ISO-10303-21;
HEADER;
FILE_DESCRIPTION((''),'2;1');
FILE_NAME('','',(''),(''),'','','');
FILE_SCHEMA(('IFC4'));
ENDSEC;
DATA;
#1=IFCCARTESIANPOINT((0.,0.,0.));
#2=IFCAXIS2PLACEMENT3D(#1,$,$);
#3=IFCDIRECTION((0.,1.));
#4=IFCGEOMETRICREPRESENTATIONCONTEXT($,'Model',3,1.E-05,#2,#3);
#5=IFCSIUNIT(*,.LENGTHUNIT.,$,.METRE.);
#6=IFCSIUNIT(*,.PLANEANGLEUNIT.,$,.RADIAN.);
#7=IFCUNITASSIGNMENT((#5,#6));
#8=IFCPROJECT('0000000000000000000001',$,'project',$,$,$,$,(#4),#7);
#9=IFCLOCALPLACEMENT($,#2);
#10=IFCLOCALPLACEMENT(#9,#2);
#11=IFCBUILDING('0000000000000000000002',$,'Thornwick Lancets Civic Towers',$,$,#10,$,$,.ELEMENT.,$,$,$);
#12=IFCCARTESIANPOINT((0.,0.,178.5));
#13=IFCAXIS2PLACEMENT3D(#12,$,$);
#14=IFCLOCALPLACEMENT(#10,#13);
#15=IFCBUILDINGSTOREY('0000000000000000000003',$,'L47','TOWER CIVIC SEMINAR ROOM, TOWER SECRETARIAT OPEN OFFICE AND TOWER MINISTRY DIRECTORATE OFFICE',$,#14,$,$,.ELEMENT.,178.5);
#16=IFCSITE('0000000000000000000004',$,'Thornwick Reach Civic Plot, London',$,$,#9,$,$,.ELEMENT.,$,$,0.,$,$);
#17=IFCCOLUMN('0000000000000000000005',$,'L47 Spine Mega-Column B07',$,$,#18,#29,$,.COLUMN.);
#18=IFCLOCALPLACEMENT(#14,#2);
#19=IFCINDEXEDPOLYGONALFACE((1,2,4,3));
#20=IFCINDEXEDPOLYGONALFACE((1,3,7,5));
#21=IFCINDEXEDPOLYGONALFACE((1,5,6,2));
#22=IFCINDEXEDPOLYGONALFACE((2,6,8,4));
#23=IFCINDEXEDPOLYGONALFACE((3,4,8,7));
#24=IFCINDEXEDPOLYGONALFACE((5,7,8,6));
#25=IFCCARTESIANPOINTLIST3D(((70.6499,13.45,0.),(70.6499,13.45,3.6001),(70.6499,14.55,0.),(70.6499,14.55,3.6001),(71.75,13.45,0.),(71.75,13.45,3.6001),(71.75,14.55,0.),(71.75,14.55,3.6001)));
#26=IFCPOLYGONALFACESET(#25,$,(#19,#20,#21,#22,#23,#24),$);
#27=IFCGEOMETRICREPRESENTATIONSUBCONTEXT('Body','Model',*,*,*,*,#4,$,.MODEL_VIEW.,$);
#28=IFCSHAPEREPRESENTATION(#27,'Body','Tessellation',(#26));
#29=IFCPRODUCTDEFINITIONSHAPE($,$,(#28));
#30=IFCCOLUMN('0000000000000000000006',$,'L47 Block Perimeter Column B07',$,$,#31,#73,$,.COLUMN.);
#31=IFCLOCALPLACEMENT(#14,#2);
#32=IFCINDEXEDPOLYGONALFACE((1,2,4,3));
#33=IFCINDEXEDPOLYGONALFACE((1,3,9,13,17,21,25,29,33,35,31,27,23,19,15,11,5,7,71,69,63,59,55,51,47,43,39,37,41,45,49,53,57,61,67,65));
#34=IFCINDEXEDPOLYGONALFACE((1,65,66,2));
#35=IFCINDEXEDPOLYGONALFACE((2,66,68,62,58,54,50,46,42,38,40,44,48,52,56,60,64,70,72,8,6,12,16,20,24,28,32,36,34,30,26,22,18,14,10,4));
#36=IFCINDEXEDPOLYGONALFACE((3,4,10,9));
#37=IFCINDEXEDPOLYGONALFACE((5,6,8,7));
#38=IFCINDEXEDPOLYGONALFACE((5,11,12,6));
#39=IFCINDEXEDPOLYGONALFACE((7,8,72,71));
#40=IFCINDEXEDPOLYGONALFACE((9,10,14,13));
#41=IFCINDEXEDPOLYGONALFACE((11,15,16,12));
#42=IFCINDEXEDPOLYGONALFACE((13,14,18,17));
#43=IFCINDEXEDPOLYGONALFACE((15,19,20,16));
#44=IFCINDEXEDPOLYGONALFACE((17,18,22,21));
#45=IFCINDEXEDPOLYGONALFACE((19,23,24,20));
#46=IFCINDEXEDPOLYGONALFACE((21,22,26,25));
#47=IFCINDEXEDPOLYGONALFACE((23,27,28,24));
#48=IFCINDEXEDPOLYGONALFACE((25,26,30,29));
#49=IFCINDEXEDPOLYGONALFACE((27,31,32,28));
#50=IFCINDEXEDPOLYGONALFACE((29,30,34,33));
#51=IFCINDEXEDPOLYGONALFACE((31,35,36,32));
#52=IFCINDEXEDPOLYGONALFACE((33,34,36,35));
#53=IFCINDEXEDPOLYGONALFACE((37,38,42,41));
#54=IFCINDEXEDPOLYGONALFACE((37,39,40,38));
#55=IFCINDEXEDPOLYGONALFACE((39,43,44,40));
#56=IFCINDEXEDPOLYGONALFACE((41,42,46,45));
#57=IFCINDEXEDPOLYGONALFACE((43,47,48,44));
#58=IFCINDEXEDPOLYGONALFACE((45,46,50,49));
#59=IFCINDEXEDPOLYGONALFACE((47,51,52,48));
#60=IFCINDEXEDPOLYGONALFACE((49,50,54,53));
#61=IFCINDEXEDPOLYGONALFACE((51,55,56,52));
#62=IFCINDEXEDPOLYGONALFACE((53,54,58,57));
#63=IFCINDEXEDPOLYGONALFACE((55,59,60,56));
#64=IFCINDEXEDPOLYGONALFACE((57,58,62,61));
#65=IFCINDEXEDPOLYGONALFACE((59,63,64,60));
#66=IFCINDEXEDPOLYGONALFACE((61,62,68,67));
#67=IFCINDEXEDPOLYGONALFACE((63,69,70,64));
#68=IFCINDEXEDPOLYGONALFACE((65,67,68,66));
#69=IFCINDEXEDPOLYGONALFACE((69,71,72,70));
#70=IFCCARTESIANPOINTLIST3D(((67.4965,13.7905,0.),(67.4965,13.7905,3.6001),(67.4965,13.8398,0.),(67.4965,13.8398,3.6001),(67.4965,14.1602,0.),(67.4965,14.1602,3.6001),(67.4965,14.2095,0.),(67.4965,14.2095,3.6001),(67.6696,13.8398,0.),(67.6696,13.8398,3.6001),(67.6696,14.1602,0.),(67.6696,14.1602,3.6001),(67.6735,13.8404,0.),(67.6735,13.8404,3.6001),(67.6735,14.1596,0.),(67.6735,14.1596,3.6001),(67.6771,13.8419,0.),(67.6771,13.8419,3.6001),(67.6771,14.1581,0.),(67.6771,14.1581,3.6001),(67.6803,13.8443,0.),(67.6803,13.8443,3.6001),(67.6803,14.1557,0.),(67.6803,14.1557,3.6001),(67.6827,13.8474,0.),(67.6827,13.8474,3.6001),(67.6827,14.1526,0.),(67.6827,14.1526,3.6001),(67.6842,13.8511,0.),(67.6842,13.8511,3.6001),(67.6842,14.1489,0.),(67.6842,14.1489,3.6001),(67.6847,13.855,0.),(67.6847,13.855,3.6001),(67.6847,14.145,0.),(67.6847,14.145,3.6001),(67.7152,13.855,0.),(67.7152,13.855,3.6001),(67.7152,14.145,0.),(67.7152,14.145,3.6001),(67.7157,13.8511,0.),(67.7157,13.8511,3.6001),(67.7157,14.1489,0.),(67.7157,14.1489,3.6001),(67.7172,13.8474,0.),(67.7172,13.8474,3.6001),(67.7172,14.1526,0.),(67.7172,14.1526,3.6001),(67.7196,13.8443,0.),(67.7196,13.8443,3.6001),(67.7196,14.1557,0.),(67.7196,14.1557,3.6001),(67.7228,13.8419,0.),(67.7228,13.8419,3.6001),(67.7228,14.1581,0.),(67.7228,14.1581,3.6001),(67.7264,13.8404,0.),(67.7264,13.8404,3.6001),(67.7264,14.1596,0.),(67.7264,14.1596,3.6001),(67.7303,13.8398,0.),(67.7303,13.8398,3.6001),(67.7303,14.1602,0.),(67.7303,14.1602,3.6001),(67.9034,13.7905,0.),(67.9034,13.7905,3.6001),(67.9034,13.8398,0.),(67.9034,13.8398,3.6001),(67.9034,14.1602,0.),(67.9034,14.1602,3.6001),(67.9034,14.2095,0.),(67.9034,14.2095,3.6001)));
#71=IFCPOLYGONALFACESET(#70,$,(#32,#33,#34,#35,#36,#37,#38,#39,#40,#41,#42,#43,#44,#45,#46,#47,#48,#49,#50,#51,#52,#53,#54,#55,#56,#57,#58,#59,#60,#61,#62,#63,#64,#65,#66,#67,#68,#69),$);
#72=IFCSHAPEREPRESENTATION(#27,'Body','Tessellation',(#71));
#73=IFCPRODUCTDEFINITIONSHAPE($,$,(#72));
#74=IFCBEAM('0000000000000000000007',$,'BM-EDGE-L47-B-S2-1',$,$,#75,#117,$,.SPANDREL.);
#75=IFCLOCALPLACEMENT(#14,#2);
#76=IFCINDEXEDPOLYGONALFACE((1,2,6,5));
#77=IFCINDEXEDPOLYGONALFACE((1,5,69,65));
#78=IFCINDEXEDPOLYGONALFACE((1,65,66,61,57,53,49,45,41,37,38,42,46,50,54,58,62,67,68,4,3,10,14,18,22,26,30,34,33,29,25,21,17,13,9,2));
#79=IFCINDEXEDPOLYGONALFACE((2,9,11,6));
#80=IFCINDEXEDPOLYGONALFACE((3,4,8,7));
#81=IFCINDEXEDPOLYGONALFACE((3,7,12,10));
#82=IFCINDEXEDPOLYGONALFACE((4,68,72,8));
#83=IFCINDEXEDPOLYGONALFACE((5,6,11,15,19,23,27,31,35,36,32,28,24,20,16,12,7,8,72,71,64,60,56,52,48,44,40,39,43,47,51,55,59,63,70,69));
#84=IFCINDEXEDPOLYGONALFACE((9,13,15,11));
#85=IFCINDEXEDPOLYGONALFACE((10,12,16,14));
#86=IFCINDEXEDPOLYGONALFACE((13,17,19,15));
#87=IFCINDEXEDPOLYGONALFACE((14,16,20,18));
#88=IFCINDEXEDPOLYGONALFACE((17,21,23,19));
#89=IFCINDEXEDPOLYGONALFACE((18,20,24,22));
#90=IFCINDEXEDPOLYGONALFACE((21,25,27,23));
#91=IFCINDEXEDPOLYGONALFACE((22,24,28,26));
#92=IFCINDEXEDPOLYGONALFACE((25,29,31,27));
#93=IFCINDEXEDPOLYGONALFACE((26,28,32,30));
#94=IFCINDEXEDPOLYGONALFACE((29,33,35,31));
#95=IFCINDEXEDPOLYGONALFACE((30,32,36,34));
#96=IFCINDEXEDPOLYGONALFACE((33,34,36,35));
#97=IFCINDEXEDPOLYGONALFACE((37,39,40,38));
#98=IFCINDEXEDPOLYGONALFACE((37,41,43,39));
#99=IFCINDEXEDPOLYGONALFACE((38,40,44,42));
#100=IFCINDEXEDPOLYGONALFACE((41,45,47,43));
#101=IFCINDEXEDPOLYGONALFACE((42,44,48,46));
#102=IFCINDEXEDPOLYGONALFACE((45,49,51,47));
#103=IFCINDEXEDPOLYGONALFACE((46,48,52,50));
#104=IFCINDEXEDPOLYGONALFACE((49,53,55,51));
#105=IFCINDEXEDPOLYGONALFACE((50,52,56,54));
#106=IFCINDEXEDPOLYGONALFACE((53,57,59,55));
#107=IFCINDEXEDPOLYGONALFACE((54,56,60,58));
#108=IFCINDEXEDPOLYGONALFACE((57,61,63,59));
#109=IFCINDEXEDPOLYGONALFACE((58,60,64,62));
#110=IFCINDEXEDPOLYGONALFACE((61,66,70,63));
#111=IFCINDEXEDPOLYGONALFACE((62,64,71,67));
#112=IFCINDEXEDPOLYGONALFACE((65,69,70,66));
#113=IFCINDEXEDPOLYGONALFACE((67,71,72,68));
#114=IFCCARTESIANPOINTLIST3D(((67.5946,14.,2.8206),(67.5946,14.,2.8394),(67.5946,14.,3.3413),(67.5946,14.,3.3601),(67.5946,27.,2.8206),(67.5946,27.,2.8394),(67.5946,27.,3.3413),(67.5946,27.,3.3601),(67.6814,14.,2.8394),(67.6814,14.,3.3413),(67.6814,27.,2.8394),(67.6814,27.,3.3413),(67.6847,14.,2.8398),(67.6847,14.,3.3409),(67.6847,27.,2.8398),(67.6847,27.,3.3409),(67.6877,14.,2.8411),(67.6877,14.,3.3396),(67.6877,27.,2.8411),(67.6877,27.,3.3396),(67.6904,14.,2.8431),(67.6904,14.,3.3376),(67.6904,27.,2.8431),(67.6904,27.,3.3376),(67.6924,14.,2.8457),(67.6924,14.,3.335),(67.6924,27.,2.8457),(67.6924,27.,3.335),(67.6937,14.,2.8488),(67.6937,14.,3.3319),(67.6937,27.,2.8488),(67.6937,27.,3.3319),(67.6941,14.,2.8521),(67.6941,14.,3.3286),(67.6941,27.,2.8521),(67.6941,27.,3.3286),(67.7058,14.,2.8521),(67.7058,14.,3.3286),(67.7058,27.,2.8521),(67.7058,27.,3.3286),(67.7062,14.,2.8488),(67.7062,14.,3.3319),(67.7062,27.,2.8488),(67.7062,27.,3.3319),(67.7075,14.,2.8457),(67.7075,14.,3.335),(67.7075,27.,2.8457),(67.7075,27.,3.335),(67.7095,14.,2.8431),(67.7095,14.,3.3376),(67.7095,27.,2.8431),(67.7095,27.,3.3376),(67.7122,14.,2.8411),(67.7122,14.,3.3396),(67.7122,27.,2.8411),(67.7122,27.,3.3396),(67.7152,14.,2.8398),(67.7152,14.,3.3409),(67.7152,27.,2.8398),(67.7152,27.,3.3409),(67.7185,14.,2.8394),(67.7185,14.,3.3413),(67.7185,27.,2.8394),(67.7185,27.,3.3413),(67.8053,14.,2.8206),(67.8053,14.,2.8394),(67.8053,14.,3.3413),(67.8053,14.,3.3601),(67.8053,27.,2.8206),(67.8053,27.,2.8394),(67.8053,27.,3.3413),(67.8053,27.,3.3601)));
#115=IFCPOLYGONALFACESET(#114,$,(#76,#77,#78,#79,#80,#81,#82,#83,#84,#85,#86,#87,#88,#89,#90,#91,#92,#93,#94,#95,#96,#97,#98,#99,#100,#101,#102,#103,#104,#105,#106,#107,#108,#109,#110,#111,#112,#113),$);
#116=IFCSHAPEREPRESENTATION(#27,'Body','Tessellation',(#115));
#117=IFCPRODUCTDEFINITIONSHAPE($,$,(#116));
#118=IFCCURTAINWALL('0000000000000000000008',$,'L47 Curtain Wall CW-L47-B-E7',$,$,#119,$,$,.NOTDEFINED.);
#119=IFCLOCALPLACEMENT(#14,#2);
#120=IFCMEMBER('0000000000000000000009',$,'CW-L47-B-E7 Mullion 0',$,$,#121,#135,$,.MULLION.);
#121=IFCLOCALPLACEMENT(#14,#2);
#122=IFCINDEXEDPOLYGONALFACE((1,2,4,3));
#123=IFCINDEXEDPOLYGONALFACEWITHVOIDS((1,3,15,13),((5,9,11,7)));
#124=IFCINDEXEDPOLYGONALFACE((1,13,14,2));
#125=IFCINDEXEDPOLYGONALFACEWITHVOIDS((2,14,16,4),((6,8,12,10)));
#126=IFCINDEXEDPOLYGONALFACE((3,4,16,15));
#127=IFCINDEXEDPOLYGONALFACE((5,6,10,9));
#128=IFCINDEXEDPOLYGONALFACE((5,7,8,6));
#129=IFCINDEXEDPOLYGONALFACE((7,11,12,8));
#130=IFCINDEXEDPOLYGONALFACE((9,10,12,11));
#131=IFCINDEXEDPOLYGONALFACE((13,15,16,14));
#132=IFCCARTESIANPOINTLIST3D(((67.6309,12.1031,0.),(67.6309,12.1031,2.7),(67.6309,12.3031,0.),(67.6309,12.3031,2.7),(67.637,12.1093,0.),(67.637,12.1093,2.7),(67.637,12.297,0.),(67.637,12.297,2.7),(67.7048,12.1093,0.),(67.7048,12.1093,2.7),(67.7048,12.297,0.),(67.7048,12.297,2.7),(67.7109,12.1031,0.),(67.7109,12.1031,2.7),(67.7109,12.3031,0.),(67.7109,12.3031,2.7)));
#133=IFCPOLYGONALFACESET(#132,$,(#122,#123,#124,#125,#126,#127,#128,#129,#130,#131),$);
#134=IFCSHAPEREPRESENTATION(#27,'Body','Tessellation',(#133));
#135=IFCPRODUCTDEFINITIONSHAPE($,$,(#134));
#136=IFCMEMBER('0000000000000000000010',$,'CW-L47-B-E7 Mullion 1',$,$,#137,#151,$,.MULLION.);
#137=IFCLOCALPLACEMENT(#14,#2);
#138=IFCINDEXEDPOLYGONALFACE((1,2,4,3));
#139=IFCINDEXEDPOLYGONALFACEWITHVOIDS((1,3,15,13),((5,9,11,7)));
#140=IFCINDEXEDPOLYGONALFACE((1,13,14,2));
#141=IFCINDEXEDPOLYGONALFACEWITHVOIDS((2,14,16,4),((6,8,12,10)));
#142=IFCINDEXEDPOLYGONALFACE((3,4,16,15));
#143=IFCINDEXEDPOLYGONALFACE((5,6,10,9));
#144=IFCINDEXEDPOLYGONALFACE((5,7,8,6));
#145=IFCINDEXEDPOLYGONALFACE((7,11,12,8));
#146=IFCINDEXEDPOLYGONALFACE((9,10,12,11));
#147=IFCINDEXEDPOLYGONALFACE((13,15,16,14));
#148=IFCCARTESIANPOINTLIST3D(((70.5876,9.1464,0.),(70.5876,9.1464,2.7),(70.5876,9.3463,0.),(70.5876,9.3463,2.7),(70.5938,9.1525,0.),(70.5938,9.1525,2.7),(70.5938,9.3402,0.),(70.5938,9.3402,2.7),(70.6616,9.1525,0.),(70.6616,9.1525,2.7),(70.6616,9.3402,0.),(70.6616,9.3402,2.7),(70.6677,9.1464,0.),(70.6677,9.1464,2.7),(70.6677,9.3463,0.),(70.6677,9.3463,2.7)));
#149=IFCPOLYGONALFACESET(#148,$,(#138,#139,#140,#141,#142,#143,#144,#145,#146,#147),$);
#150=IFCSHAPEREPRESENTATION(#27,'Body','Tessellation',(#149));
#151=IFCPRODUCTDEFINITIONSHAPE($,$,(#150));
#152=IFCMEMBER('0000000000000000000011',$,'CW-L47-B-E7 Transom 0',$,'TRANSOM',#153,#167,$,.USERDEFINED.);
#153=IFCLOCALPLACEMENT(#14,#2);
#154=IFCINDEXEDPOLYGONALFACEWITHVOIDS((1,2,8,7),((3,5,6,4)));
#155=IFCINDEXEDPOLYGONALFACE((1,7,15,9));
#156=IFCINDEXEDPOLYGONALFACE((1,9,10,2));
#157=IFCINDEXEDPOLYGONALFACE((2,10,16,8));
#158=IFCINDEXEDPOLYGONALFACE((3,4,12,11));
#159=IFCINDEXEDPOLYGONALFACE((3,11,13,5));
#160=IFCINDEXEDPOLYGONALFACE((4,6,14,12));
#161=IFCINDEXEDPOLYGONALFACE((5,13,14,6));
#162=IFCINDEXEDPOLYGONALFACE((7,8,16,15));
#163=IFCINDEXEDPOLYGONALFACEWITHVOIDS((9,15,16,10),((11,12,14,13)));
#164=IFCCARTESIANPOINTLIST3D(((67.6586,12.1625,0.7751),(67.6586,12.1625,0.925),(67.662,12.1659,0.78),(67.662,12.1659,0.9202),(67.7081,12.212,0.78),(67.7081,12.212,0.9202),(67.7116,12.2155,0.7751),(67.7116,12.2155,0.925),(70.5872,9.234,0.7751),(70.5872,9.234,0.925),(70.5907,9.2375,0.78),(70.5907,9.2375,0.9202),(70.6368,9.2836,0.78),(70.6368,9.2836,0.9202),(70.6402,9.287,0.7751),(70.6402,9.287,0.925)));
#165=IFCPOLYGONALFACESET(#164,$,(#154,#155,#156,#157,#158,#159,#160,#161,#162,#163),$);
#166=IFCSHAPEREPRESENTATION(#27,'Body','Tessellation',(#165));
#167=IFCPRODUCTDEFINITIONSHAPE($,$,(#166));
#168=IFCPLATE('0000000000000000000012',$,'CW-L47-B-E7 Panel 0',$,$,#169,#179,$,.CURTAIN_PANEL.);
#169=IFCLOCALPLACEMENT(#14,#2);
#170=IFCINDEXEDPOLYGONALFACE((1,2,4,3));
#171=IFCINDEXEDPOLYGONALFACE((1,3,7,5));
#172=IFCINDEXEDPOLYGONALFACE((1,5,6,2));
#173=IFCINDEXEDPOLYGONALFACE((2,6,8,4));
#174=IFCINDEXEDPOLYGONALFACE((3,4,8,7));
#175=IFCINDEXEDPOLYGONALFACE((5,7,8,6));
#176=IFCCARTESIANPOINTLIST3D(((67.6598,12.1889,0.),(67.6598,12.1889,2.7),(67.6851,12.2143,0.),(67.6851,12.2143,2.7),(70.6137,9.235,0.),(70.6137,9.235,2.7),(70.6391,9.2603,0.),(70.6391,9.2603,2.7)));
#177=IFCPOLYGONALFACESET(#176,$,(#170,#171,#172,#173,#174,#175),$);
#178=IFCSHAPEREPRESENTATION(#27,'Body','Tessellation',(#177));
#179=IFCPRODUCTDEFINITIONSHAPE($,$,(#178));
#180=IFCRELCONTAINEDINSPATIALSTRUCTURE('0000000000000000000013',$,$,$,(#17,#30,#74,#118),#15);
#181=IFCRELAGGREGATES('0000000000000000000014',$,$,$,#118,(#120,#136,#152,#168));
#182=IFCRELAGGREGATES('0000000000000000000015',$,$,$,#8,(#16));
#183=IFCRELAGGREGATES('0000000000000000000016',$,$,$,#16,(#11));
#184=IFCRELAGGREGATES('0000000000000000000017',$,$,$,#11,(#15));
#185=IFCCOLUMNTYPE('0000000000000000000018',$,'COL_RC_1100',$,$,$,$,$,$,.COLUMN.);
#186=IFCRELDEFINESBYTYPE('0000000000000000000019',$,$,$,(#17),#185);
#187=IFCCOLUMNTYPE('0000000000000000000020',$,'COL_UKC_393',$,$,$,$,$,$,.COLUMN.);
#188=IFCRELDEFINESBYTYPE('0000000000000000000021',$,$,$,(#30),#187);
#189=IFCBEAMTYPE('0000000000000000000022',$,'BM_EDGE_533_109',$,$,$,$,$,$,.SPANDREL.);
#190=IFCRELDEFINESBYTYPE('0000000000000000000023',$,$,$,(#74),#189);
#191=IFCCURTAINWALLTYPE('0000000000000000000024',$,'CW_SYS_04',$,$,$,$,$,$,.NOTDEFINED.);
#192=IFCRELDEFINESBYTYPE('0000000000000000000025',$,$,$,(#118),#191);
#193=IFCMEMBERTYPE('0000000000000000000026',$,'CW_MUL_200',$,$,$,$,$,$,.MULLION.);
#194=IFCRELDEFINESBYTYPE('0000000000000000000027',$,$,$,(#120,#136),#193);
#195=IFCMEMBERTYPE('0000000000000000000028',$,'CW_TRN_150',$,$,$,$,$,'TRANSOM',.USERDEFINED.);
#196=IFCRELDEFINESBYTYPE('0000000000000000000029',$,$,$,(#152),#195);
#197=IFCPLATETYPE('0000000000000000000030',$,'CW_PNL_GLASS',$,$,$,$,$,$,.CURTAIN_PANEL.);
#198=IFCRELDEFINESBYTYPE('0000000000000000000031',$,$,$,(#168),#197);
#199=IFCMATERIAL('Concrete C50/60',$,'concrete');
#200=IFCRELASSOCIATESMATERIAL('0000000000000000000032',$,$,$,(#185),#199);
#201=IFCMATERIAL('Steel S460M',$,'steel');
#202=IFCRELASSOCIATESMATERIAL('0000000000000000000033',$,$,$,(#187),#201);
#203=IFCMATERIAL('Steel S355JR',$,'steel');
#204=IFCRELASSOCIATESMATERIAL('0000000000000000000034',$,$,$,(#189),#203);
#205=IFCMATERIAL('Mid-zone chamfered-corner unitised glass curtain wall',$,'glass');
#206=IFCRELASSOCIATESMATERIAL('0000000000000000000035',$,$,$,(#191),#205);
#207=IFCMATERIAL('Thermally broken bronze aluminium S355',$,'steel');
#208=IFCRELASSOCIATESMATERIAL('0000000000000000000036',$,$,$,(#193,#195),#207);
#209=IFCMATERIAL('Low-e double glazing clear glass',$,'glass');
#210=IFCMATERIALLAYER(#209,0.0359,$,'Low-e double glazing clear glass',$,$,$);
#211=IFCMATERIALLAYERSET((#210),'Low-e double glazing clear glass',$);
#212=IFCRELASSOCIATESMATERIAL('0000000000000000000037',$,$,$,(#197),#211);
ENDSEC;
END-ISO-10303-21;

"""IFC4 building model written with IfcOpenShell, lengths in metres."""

from ifc_helpers import new_model, si_unit, direction, frame, origin, origin_2d, place, context, subcontext, project, spatial, rectangle, hollow_rectangle, i_section, extrude, material, layer, layer_set, material_profile, profile_set, type_object, element, aggregate, save


model = new_model("IFC4")

# Units and contexts
model_context = context("Model", 3, precision=1e-05, world=origin(), true_north=direction((0.0, 1.0)))
body_context = subcontext(model_context, "Body", "Model", "MODEL_VIEW")
ifc_project = project(units=[si_unit("LENGTHUNIT", "METRE"), si_unit("PLANEANGLEUNIT", "RADIAN")], contexts=[model_context])

# Site, building, storey
site_placement = place(None, origin())
site = spatial("IfcSite", under=ifc_project, at=site_placement, Name="Thornwick Reach Civic Plot, London", CompositionType="ELEMENT", RefElevation=0.0)
building_placement = place(site_placement, origin())
building = spatial("IfcBuilding", under=site, at=building_placement, Name="Thornwick Lancets Civic Towers", CompositionType="ELEMENT")
storey_placement = place(building_placement, frame((0.0, 0.0, 178.5)))
storey = spatial("IfcBuildingStorey", under=building, at=storey_placement, Name="L47", Description="TOWER CIVIC SEMINAR ROOM, TOWER SECRETARIAT OPEN OFFICE AND TOWER MINISTRY DIRECTORATE OFFICE", CompositionType="ELEMENT", Elevation=178.5)

# Columns
ifc_material_1 = material(Name="Concrete C50/60", Category="concrete")
ifc_material_profile_1 = material_profile(ifc_material_1, rectangle(XDim=1.1001, YDim=1.1001, at=origin_2d()), Name="RC 1100x1100")
ifc_profile_set_1 = profile_set([ifc_material_profile_1], Name="Concrete C50/60")
column_type_1 = type_object("IfcColumnType", Name="COL_RC_1100", PredefinedType="COLUMN", material=ifc_profile_set_1)
column_1_placement = place(storey_placement, frame((71.2, 14.0, 0.0), z_axis=(0.0, 0.0, 1.0), x_axis=(1.0, 0.0, 0.0)))
element("IfcColumn", 1, at=column_1_placement, inside=storey, type_object=column_type_1, Name="L47 Spine Mega-Column B07", PredefinedType="COLUMN", context=body_context, shape_type="SweptSolid", body=[
    extrude(rectangle(XDim=1.1001, YDim=1.1001, at=origin_2d()), origin(), (0.0, 0.0, 1.0), 3.6001),
])
ifc_material_2 = material(Name="Steel S460M", Category="steel")
ifc_material_profile_2 = material_profile(ifc_material_2, i_section(OverallWidth=0.407, OverallDepth=0.4189, WebThickness=0.0305, FlangeThickness=0.0493, FilletRadius=0.0151, at=origin_2d()), Name="UKC 356x406x393")
ifc_profile_set_2 = profile_set([ifc_material_profile_2], Name="Steel S460M")
column_type_2 = type_object("IfcColumnType", Name="COL_UKC_393", PredefinedType="COLUMN", material=ifc_profile_set_2)
column_2_placement = place(storey_placement, frame((67.7, 14.0, 0.0), z_axis=(0.0, 0.0, 1.0), x_axis=(1.0, 0.0, 0.0)))
element("IfcColumn", 2, at=column_2_placement, inside=storey, type_object=column_type_2, Name="L47 Block Perimeter Column B07", PredefinedType="COLUMN", context=body_context, shape_type="SweptSolid", body=[
    extrude(i_section(OverallWidth=0.407, OverallDepth=0.4189, WebThickness=0.0305, FlangeThickness=0.0493, FilletRadius=0.0151, at=origin_2d()), origin(), (0.0, 0.0, 1.0), 3.6001),
])

# Beam
ifc_material_3 = material(Name="Steel S355JR", Category="steel")
ifc_material_profile_3 = material_profile(ifc_material_3, i_section(OverallWidth=0.2107, OverallDepth=0.5396, WebThickness=0.0117, FlangeThickness=0.0188, FilletRadius=0.0127, at=origin_2d()), Name="UKB 533x210x109")
ifc_profile_set_3 = profile_set([ifc_material_profile_3], Name="Steel S355JR")
beam_type = type_object("IfcBeamType", Name="BM_EDGE_533_109", PredefinedType="SPANDREL", material=ifc_profile_set_3)
beam_placement = place(storey_placement, frame((67.7, 14.0, 3.0903), z_axis=(0.0, 1.0, 0.0), x_axis=(-1.0, 0.0, 0.0)))
element("IfcBeam", 3, at=beam_placement, inside=storey, type_object=beam_type, Name="BM-EDGE-L47-B-S2-1", PredefinedType="SPANDREL", context=body_context, shape_type="SweptSolid", body=[
    extrude(i_section(OverallWidth=0.2107, OverallDepth=0.5396, WebThickness=0.0117, FlangeThickness=0.0188, FilletRadius=0.0127, at=origin_2d()), origin(), (0.0, 0.0, 1.0), 13.0),
])

# Curtain wall, members, plate
ifc_material_4 = material(Name="Mid-zone chamfered-corner unitised glass curtain wall", Category="glass")
curtain_wall_type = type_object("IfcCurtainWallType", Name="CW_SYS_04", PredefinedType="NOTDEFINED", material=ifc_material_4)
curtain_wall_placement = place(storey_placement, origin())
curtain_wall = element("IfcCurtainWall", 4, at=curtain_wall_placement, inside=storey, type_object=curtain_wall_type, Name="L47 Curtain Wall CW-L47-B-E7", PredefinedType="NOTDEFINED")
ifc_material_5 = material(Name="Thermally broken bronze aluminium S355", Category="steel")
ifc_material_profile_4 = material_profile(ifc_material_5, hollow_rectangle(XDim=0.0801, YDim=0.2, WallThickness=0.0061, at=origin_2d()), Name="RHS 200x80x6")
ifc_profile_set_4 = profile_set([ifc_material_profile_4], Name="Thermally broken bronze aluminium S355")
member_type_1 = type_object("IfcMemberType", Name="CW_MUL_200", PredefinedType="MULLION", material=ifc_profile_set_4)
member_1_placement = place(storey_placement, frame((67.6709, 12.2031, 0.0), z_axis=(0.0, 0.0, 1.0), x_axis=(1.0, 0.0, 0.0)))
member_1 = element("IfcMember", 5, at=member_1_placement, type_object=member_type_1, Name="CW-L47-B-E7 Mullion 0", PredefinedType="MULLION", context=body_context, shape_type="SweptSolid", body=[
    extrude(hollow_rectangle(XDim=0.0801, YDim=0.2, WallThickness=0.0061, at=origin_2d()), origin(), (0.0, 0.0, 1.0), 2.7),
])
member_2_placement = place(storey_placement, frame((70.6277, 9.2463, 0.0), z_axis=(0.0, 0.0, 1.0), x_axis=(1.0, 0.0, 0.0)))
member_2 = element("IfcMember", 6, at=member_2_placement, type_object=member_type_1, Name="CW-L47-B-E7 Mullion 1", PredefinedType="MULLION", context=body_context, shape_type="SweptSolid", body=[
    extrude(hollow_rectangle(XDim=0.0801, YDim=0.2, WallThickness=0.0061, at=origin_2d()), origin(), (0.0, 0.0, 1.0), 2.7),
])
ifc_material_profile_5 = material_profile(ifc_material_5, hollow_rectangle(XDim=0.075, YDim=0.1499, WallThickness=0.0049, at=origin_2d()), Name="RHS 150x75x5")
ifc_profile_set_5 = profile_set([ifc_material_profile_5], Name="Thermally broken bronze aluminium S355")
member_type_2 = type_object("IfcMemberType", Name="CW_TRN_150", ElementType="TRANSOM", PredefinedType="USERDEFINED", material=ifc_profile_set_5)
member_3_placement = place(storey_placement, frame((67.6851, 12.189, 0.8501), z_axis=(0.707136, -0.707077, 0.0), x_axis=(0.707077, 0.707136, 0.0)))
member_3 = element("IfcMember", 7, at=member_3_placement, type_object=member_type_2, Name="CW-L47-B-E7 Transom 0", ObjectType="TRANSOM", PredefinedType="USERDEFINED", context=body_context, shape_type="SweptSolid", body=[
    extrude(hollow_rectangle(XDim=0.075, YDim=0.1499, WallThickness=0.0049, at=origin_2d()), origin(), (0.0, 0.0, 1.0), 4.1416),
])
ifc_material_6 = material(Name="Low-e double glazing clear glass", Category="glass")
ifc_layer_1 = layer(ifc_material_6, 0.0359, Name="Low-e double glazing clear glass")
ifc_layer_set_1 = layer_set([ifc_layer_1], Name="Low-e double glazing clear glass")
plate_type = type_object("IfcPlateType", Name="CW_PNL_GLASS", PredefinedType="CURTAIN_PANEL", material=ifc_layer_set_1)
plate_placement = place(storey_placement, frame((69.1494, 10.7246, 0.0), z_axis=(0.0, 0.0, 1.0), x_axis=(0.707107, -0.707107, 0.0)))
plate = element("IfcPlate", 8, at=plate_placement, type_object=plate_type, Name="CW-L47-B-E7 Panel 0", PredefinedType="CURTAIN_PANEL", context=body_context, shape_type="SweptSolid", body=[
    extrude(rectangle(XDim=4.1775, YDim=0.0359, at=origin_2d()), origin(), (0.0, 0.0, 1.0), 2.7),
])
aggregate(curtain_wall, [member_1, member_2, member_3, plate])

save(model, "model.ifc")
